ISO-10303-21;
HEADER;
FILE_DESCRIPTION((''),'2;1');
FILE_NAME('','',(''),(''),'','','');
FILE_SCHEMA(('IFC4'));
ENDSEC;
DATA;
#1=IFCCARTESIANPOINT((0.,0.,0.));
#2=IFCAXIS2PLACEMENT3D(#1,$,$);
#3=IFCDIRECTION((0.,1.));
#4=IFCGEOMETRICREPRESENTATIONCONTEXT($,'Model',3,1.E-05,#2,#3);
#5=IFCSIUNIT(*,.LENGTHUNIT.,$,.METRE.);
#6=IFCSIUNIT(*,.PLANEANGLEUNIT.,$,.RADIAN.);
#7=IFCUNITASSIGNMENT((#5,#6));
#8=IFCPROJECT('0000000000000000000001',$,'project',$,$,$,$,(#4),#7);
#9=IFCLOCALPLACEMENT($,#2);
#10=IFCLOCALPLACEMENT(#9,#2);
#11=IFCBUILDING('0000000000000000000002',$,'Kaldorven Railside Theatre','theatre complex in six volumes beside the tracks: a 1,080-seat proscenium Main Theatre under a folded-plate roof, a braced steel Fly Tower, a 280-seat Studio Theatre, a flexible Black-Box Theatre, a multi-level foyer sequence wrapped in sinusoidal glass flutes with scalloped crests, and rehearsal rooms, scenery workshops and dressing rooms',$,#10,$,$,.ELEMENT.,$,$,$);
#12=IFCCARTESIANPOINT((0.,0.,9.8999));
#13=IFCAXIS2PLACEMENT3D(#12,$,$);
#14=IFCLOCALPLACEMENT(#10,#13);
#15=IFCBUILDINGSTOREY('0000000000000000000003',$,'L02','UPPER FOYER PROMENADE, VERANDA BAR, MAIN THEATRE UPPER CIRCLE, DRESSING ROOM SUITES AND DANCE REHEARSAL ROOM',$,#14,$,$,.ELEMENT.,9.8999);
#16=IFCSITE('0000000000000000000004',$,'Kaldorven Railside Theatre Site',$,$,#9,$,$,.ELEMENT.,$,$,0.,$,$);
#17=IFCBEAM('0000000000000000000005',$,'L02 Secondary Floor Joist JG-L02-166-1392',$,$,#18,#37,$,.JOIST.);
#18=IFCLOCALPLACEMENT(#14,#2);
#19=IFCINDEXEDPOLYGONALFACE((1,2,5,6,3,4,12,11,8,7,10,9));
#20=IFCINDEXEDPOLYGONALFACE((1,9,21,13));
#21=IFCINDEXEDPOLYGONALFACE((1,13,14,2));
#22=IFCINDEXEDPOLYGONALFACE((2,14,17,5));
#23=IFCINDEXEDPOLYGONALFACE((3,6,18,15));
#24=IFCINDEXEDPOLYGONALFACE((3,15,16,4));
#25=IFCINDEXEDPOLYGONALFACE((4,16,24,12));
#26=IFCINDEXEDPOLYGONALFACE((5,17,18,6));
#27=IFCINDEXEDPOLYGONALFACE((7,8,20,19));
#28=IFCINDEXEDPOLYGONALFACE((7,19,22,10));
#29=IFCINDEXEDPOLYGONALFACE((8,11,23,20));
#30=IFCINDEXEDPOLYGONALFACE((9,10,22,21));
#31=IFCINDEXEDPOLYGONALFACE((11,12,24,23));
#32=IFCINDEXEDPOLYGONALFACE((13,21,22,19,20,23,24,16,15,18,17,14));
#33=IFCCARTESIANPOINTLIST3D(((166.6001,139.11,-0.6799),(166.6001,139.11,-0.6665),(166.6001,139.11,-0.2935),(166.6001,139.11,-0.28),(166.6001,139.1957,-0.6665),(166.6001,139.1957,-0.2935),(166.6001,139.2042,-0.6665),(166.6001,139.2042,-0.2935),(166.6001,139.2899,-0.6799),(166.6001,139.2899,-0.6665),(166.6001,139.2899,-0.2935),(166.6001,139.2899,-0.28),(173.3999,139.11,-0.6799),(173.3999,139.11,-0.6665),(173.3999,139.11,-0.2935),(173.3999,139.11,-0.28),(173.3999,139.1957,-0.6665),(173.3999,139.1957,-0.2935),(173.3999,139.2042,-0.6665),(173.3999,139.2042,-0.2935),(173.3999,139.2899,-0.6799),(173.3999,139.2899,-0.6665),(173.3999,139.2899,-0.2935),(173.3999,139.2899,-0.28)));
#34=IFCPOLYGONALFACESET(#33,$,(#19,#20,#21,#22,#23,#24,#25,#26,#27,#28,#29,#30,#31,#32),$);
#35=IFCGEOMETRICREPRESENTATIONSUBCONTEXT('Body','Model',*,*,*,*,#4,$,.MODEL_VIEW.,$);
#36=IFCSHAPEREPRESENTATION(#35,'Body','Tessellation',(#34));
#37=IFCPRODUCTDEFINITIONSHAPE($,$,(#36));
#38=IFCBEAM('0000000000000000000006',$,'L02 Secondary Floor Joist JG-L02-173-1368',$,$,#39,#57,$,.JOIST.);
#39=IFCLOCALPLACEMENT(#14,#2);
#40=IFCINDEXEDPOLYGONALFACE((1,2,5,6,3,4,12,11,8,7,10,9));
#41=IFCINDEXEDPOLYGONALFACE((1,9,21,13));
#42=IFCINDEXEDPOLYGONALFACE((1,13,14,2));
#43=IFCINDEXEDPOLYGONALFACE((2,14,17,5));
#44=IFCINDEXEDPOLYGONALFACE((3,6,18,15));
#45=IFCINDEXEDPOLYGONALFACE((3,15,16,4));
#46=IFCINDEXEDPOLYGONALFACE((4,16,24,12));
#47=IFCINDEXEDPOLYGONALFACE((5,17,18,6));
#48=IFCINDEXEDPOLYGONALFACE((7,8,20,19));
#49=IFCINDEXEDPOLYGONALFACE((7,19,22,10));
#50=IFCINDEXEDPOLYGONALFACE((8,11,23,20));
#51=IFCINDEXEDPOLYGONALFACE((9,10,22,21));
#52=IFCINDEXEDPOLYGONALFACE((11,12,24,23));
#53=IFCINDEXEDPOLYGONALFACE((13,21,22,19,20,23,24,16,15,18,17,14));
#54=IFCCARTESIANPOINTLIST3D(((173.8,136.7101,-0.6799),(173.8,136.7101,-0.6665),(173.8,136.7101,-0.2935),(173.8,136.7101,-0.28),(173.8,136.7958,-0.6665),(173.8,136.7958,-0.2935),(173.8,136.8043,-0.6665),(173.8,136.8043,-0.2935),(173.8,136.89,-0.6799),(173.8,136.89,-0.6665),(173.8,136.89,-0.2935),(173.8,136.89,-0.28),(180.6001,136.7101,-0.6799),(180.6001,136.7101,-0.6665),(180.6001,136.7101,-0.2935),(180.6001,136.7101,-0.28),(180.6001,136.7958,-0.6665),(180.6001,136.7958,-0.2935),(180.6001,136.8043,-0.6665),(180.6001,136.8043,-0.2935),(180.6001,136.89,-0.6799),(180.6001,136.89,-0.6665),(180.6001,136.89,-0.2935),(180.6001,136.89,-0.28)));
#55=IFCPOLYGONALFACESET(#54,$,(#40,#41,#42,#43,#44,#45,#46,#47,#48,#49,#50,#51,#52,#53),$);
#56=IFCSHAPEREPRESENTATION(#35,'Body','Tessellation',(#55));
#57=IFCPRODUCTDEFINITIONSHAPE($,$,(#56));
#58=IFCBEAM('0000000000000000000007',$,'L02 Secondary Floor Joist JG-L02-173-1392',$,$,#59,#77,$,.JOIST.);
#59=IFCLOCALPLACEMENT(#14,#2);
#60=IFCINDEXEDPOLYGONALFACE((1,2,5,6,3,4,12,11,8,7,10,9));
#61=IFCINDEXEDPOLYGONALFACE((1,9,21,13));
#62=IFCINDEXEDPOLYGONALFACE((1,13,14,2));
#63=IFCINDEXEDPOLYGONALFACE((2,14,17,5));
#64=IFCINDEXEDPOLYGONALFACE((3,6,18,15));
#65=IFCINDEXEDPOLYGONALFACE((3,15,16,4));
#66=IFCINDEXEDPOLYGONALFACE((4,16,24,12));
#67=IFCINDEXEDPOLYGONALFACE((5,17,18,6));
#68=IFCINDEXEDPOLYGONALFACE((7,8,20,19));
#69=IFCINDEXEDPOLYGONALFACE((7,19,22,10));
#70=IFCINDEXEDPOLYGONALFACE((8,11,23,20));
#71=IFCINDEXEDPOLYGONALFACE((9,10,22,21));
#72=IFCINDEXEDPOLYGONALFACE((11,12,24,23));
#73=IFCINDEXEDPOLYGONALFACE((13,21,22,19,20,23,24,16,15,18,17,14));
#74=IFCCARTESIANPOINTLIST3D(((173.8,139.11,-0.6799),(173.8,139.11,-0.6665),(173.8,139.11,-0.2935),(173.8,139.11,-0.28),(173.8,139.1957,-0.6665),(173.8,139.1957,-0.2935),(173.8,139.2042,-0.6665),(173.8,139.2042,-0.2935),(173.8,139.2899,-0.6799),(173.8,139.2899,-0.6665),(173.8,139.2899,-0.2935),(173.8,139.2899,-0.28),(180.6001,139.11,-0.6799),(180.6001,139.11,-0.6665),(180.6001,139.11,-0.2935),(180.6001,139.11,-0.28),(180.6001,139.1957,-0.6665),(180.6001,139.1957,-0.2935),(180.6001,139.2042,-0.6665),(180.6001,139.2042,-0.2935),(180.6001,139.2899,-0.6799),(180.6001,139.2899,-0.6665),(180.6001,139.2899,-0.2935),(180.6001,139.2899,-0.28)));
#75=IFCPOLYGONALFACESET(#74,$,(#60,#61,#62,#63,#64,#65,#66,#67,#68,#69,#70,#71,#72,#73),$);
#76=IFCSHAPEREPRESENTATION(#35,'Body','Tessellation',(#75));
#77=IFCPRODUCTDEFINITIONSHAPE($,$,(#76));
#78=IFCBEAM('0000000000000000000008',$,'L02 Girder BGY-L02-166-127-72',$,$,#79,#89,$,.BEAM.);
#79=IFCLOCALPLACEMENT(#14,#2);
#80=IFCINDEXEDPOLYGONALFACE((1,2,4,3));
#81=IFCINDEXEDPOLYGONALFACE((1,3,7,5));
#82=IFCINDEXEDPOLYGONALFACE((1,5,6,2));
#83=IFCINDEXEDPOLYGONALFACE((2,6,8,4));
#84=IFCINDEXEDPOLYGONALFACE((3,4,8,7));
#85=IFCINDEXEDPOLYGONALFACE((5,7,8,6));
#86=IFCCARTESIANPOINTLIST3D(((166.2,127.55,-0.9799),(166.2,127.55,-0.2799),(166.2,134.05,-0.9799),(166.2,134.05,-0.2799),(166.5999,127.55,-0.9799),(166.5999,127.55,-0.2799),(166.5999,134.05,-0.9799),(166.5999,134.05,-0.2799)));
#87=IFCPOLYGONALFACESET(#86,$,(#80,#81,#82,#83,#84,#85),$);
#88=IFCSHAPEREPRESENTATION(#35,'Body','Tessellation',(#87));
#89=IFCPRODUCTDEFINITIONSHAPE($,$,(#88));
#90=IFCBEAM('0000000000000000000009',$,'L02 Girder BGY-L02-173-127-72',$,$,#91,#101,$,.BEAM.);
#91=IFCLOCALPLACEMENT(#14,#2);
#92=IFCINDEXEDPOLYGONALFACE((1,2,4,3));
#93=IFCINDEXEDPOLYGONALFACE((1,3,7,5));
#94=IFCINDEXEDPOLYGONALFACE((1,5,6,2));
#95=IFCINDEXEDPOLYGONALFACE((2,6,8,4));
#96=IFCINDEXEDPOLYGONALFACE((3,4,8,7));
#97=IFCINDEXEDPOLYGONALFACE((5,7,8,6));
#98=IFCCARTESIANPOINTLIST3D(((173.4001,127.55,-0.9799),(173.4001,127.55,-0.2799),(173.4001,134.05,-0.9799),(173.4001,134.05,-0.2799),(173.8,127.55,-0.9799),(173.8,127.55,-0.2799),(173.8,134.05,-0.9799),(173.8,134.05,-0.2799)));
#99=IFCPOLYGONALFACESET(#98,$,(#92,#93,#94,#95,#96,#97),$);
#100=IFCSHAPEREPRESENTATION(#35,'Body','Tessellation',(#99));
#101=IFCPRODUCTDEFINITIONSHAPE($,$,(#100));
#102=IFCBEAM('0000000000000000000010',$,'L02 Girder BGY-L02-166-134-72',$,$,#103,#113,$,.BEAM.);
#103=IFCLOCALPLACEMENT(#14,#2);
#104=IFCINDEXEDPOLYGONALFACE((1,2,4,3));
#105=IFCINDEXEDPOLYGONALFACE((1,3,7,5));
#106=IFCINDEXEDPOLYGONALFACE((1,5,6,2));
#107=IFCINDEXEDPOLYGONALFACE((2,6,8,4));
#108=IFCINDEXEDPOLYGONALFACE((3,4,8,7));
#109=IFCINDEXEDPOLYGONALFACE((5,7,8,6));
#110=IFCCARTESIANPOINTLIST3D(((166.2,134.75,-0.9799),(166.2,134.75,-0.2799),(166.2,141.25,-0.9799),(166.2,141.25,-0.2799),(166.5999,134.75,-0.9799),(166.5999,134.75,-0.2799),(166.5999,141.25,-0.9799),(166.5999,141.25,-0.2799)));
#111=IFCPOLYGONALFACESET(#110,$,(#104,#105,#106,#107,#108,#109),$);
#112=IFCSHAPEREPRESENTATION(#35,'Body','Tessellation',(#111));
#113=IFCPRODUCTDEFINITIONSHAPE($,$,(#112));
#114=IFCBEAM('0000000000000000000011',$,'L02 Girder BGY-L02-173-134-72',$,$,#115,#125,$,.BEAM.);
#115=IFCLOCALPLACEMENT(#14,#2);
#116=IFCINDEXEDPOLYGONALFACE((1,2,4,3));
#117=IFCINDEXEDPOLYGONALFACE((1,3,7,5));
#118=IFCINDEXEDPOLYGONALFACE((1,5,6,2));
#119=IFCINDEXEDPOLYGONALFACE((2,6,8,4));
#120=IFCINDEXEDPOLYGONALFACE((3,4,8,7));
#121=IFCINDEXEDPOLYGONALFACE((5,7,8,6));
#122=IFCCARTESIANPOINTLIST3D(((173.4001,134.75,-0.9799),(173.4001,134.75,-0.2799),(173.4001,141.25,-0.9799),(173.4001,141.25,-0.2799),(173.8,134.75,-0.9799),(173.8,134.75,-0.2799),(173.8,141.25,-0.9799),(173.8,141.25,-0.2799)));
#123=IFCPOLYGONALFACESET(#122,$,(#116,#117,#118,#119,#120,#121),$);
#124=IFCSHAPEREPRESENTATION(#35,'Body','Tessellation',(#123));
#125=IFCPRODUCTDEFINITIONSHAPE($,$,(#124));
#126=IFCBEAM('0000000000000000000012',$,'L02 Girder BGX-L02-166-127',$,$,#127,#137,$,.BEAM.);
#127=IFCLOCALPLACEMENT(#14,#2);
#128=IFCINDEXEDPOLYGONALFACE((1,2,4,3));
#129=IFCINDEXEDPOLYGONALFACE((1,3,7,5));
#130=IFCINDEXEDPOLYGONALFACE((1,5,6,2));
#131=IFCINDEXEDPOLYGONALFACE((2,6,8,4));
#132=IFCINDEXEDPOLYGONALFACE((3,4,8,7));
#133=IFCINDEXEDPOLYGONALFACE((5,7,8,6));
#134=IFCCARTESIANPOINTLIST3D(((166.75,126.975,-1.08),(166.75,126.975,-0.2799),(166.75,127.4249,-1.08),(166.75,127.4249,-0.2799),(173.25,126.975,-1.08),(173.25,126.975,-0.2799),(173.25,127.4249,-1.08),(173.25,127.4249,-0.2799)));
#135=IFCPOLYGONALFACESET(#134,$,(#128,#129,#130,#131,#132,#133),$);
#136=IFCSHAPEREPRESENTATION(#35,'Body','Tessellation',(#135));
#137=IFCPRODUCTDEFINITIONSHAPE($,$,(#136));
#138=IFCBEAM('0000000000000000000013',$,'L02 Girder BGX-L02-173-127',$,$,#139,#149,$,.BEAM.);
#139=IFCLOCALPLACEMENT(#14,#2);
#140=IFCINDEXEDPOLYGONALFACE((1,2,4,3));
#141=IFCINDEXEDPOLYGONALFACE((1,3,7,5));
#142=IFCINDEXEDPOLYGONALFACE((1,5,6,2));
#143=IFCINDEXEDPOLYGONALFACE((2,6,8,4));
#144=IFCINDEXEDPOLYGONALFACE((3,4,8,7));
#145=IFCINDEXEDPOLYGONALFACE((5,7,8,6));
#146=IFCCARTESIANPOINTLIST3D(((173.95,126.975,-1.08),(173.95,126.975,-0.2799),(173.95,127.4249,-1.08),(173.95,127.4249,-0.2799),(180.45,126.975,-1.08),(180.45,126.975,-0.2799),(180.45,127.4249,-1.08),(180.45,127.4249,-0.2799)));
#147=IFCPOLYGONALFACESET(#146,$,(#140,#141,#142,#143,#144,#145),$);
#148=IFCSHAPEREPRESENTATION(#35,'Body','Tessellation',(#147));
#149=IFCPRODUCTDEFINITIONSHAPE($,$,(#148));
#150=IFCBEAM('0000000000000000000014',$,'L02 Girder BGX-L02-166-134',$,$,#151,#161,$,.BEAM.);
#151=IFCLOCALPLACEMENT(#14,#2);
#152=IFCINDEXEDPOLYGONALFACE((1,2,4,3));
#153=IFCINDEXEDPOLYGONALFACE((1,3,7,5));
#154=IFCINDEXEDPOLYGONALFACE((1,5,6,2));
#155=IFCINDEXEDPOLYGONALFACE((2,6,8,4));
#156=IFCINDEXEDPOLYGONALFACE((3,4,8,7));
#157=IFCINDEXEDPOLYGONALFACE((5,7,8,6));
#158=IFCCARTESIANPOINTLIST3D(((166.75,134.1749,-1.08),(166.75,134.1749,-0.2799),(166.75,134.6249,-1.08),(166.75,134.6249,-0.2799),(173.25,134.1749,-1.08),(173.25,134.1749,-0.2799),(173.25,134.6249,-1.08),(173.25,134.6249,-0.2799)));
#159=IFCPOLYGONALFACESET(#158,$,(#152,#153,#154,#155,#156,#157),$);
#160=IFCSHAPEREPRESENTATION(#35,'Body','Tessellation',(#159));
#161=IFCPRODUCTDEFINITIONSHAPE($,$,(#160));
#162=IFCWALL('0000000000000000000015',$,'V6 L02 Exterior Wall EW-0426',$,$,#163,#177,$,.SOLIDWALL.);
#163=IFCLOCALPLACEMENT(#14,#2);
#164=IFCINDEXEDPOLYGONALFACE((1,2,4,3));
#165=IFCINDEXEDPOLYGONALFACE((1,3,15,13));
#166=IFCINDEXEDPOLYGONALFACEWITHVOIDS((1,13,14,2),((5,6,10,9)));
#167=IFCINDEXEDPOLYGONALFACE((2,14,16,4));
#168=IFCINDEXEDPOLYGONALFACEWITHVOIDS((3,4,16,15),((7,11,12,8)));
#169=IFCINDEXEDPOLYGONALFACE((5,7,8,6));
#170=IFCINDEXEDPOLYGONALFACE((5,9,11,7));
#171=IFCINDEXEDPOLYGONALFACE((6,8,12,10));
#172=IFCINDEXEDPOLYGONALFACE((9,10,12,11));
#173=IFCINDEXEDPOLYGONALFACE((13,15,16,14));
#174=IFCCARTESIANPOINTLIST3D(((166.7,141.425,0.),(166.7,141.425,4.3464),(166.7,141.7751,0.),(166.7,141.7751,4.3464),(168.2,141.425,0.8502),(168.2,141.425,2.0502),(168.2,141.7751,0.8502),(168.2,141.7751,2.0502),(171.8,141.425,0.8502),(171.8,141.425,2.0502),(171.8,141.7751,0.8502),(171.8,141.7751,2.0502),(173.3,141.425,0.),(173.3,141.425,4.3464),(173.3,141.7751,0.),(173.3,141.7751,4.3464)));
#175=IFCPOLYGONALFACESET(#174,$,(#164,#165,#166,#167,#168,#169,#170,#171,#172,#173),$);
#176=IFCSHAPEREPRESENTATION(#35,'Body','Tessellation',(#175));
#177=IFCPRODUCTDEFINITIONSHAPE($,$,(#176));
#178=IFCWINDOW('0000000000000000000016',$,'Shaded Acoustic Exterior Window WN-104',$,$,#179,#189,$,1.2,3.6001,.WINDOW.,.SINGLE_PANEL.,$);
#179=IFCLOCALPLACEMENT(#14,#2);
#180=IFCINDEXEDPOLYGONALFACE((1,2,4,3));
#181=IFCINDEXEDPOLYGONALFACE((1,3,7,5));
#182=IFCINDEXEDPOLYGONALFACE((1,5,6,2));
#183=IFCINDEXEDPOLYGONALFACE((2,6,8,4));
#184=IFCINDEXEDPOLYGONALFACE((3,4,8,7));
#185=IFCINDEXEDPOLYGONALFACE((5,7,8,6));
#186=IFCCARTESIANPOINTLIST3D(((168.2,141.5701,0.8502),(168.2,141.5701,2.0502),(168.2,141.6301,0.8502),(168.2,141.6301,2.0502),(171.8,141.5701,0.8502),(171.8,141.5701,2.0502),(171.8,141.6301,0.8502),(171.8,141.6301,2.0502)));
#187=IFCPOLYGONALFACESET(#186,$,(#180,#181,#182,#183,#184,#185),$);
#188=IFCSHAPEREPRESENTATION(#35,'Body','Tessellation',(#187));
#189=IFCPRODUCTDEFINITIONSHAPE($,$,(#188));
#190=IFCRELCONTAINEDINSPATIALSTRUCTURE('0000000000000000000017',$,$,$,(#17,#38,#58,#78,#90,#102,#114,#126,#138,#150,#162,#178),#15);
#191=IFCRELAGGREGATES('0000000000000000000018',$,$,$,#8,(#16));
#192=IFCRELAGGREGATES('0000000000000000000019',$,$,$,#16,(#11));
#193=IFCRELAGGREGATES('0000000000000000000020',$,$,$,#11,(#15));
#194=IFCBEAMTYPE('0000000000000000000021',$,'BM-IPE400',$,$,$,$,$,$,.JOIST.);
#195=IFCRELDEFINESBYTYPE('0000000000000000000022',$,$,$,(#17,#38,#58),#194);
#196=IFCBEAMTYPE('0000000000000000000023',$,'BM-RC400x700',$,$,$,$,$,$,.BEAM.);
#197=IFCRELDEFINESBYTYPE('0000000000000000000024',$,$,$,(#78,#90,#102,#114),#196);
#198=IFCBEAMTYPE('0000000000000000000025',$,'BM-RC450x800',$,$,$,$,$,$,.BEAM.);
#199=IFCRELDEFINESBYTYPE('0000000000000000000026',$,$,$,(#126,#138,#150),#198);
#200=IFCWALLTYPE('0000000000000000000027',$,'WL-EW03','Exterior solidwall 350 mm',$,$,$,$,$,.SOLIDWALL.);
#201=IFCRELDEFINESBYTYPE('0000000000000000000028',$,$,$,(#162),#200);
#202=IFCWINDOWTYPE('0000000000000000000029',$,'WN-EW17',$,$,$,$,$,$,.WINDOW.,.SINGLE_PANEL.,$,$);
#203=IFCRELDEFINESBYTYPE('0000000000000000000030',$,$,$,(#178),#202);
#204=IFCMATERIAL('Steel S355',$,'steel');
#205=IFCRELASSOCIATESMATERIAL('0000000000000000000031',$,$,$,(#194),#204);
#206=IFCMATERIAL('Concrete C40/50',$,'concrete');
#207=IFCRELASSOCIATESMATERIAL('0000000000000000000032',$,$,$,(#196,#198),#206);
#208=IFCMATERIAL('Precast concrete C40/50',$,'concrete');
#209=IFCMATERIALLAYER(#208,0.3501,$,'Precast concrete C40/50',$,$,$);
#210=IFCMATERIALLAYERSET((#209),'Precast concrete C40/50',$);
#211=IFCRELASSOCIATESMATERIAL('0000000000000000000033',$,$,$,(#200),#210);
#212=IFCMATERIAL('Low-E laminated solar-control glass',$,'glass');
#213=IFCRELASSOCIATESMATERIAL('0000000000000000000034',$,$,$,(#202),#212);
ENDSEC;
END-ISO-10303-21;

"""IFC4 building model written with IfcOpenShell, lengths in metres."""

from ifc_helpers import new_model, si_unit, direction, frame, frame_2d, origin, origin_2d, place, context, subcontext, project, spatial, rectangle, i_section, extrude, material, layer, layer_set, material_profile, profile_set, type_object, element, fill, save


model = new_model("IFC4")

# Units and contexts
model_context = context("Model", 3, precision=1e-05, world=origin(), true_north=direction((0.0, 1.0)))
body_context = subcontext(model_context, "Body", "Model", "MODEL_VIEW")
ifc_project = project(units=[si_unit("LENGTHUNIT", "METRE"), si_unit("PLANEANGLEUNIT", "RADIAN")], contexts=[model_context])

# Site, building, storey
site_placement = place(None, origin())
site = spatial("IfcSite", under=ifc_project, at=site_placement, Name="Kaldorven Railside Theatre Site", CompositionType="ELEMENT", RefElevation=0.0)
building_placement = place(site_placement, origin())
building = spatial("IfcBuilding", under=site, at=building_placement, Name="Kaldorven Railside Theatre", Description="theatre complex in six volumes beside the tracks: a 1,080-seat proscenium Main Theatre under a folded-plate roof, a braced steel Fly Tower, a 280-seat Studio Theatre, a flexible Black-Box Theatre, a multi-level foyer sequence wrapped in sinusoidal glass flutes with scalloped crests, and rehearsal rooms, scenery workshops and dressing rooms", CompositionType="ELEMENT")
storey_placement = place(building_placement, frame((0.0, 0.0, 9.8999)))
storey = spatial("IfcBuildingStorey", under=building, at=storey_placement, Name="L02", Description="UPPER FOYER PROMENADE, VERANDA BAR, MAIN THEATRE UPPER CIRCLE, DRESSING ROOM SUITES AND DANCE REHEARSAL ROOM", CompositionType="ELEMENT", Elevation=9.8999)

# Shared definitions
ifc_material_1 = material(Name="Concrete C40/50", Category="concrete")

# Beams
ifc_material_2 = material(Name="Steel S355", Category="steel")
ifc_material_profile_1 = material_profile(ifc_material_2, i_section(OverallWidth=0.1799, OverallDepth=0.3999, WebThickness=0.0085, FlangeThickness=0.0134, at=origin_2d()), Name="IPE 400")
ifc_profile_set_1 = profile_set([ifc_material_profile_1], Name="Steel S355")
beam_type_1 = type_object("IfcBeamType", Name="BM-IPE400", PredefinedType="JOIST", material=ifc_profile_set_1)
for number, where, z_axis, x_axis, name in (
    (1, (166.6001, 139.2, -0.48), (1.0, 0.0, 0.0), (0.0, 1.0, 0.0), "L02 Secondary Floor Joist JG-L02-166-1392"),
):
    element("IfcBeam", number, at=place(storey_placement, frame(where, z_axis=z_axis, x_axis=x_axis)), inside=storey, type_object=beam_type_1, Name=name, PredefinedType="JOIST", context=body_context, shape_type="SweptSolid", body=[
        extrude(i_section(OverallWidth=0.1799, OverallDepth=0.3999, WebThickness=0.0085, FlangeThickness=0.0134, at=origin_2d()), origin(), (0.0, 0.0, 1.0), 6.7998),
    ])
for number, where, z_axis, x_axis, name in (
    (2, (173.8, 136.8, -0.48), (1.0, 0.0, 0.0), (0.0, 1.0, 0.0), "L02 Secondary Floor Joist JG-L02-173-1368"),
    (3, (173.8, 139.2, -0.48), (1.0, 0.0, 0.0), (0.0, 1.0, 0.0), "L02 Secondary Floor Joist JG-L02-173-1392"),
):
    element("IfcBeam", number, at=place(storey_placement, frame(where, z_axis=z_axis, x_axis=x_axis)), inside=storey, type_object=beam_type_1, Name=name, PredefinedType="JOIST", context=body_context, shape_type="SweptSolid", body=[
        extrude(i_section(OverallWidth=0.1799, OverallDepth=0.3999, WebThickness=0.0085, FlangeThickness=0.0134, at=origin_2d()), origin(), (0.0, 0.0, 1.0), 6.8),
    ])
ifc_material_profile_2 = material_profile(ifc_material_1, rectangle(XDim=0.3999, YDim=0.7, at=origin_2d()), Name="RC 400x700")
ifc_profile_set_2 = profile_set([ifc_material_profile_2], Name="Concrete C40/50")
beam_type_2 = type_object("IfcBeamType", Name="BM-RC400x700", PredefinedType="BEAM", material=ifc_profile_set_2)
for number, where, z_axis, x_axis, name in (
    (4, (166.3999, 127.55, -0.6299), (0.0, 1.0, 0.0), (-1.0, 0.0, 0.0), "L02 Girder BGY-L02-166-127-72"),
    (5, (173.6001, 127.55, -0.6299), (0.0, 1.0, 0.0), (-1.0, 0.0, 0.0), "L02 Girder BGY-L02-173-127-72"),
    (6, (166.3999, 134.75, -0.6299), (0.0, 1.0, 0.0), (-1.0, 0.0, 0.0), "L02 Girder BGY-L02-166-134-72"),
    (7, (173.6001, 134.75, -0.6299), (0.0, 1.0, 0.0), (-1.0, 0.0, 0.0), "L02 Girder BGY-L02-173-134-72"),
):
    element("IfcBeam", number, at=place(storey_placement, frame(where, z_axis=z_axis, x_axis=x_axis)), inside=storey, type_object=beam_type_2, Name=name, PredefinedType="BEAM", context=body_context, shape_type="SweptSolid", body=[
        extrude(rectangle(XDim=0.3999, YDim=0.7, at=origin_2d()), origin(), (0.0, 0.0, 1.0), 6.5),
    ])
ifc_material_profile_3 = material_profile(ifc_material_1, rectangle(XDim=0.45, YDim=0.8, at=origin_2d()), Name="RC 450x800")
ifc_profile_set_3 = profile_set([ifc_material_profile_3], Name="Concrete C40/50")
beam_type_3 = type_object("IfcBeamType", Name="BM-RC450x800", PredefinedType="BEAM", material=ifc_profile_set_3)
for number, where, z_axis, x_axis, name in (
    (8, (166.75, 127.2, -0.6799), (1.0, 0.0, 0.0), (0.0, 1.0, 0.0), "L02 Girder BGX-L02-166-127"),
    (9, (173.95, 127.2, -0.6799), (1.0, 0.0, 0.0), (0.0, 1.0, 0.0), "L02 Girder BGX-L02-173-127"),
    (10, (166.75, 134.3999, -0.6799), (1.0, 0.0, 0.0), (0.0, 1.0, 0.0), "L02 Girder BGX-L02-166-134"),
):
    element("IfcBeam", number, at=place(storey_placement, frame(where, z_axis=z_axis, x_axis=x_axis)), inside=storey, type_object=beam_type_3, Name=name, PredefinedType="BEAM", context=body_context, shape_type="SweptSolid", body=[
        extrude(rectangle(XDim=0.45, YDim=0.8, at=origin_2d()), origin(), (0.0, 0.0, 1.0), 6.5),
    ])

# Wall, opening, window
ifc_material_3 = material(Name="Precast concrete C40/50", Category="concrete")
ifc_layer = layer(ifc_material_3, 0.3501, Name="Precast concrete C40/50")
ifc_layer_set = layer_set([ifc_layer], Name="Precast concrete C40/50")
wall_type = type_object("IfcWallType", Name="WL-EW03", Description="Exterior solidwall 350 mm", PredefinedType="SOLIDWALL", material=ifc_layer_set)
wall_1_placement = place(storey_placement, frame((166.7, 141.6001, 0.0), z_axis=(0.0, 0.0, 1.0), x_axis=(1.0, 0.0, 0.0)))
wall_1 = element("IfcWall", 11, at=wall_1_placement, inside=storey, type_object=wall_type, Name="V6 L02 Exterior Wall EW-0426", PredefinedType="SOLIDWALL", context=body_context, shape_type="SweptSolid", body=[
    extrude(rectangle(XDim=6.6001, YDim=0.3501, at=frame_2d((3.3, 0.0))), origin(), (0.0, 0.0, 1.0), 4.3464),
])
opening_1_placement = place(wall_1_placement, frame((1.5, 0.0, 0.8501)))
opening_1 = element("IfcOpeningElement", 12, at=opening_1_placement, cuts=wall_1, PredefinedType="OPENING", context=body_context, shape_type="SweptSolid", body=[
    extrude(rectangle(XDim=3.6001, YDim=1.2, at=frame_2d((1.8, 0.6001))), frame((0.0, 0.1851, 0.0), z_axis=(0.0, -1.0, 0.0), x_axis=(1.0, 0.0, 0.0)), (0.0, 0.0, 1.0), 0.3701),
])
ifc_material_4 = material(Name="Low-E laminated solar-control glass", Category="glass")
window_type_1 = type_object("IfcWindowType", Name="WN-EW17", PartitioningType="SINGLE_PANEL", PredefinedType="WINDOW", material=ifc_material_4)
window_1_placement = place(opening_1_placement, origin())
window_1 = element("IfcWindow", 13, at=window_1_placement, inside=storey, type_object=window_type_1, Name="Shaded Acoustic Exterior Window WN-104", OverallHeight=1.2, OverallWidth=3.6001, PartitioningType="SINGLE_PANEL", PredefinedType="WINDOW", context=body_context, shape_type="SweptSolid", body=[
    extrude(rectangle(XDim=3.6001, YDim=1.2, at=frame_2d((1.8, 0.6001))), frame((0.0, 0.03, 0.0), z_axis=(0.0, -1.0, 0.0), x_axis=(1.0, 0.0, 0.0)), (0.0, 0.0, 1.0), 0.0601),
])
fill(opening_1, window_1)

save(model, "model.ifc")
